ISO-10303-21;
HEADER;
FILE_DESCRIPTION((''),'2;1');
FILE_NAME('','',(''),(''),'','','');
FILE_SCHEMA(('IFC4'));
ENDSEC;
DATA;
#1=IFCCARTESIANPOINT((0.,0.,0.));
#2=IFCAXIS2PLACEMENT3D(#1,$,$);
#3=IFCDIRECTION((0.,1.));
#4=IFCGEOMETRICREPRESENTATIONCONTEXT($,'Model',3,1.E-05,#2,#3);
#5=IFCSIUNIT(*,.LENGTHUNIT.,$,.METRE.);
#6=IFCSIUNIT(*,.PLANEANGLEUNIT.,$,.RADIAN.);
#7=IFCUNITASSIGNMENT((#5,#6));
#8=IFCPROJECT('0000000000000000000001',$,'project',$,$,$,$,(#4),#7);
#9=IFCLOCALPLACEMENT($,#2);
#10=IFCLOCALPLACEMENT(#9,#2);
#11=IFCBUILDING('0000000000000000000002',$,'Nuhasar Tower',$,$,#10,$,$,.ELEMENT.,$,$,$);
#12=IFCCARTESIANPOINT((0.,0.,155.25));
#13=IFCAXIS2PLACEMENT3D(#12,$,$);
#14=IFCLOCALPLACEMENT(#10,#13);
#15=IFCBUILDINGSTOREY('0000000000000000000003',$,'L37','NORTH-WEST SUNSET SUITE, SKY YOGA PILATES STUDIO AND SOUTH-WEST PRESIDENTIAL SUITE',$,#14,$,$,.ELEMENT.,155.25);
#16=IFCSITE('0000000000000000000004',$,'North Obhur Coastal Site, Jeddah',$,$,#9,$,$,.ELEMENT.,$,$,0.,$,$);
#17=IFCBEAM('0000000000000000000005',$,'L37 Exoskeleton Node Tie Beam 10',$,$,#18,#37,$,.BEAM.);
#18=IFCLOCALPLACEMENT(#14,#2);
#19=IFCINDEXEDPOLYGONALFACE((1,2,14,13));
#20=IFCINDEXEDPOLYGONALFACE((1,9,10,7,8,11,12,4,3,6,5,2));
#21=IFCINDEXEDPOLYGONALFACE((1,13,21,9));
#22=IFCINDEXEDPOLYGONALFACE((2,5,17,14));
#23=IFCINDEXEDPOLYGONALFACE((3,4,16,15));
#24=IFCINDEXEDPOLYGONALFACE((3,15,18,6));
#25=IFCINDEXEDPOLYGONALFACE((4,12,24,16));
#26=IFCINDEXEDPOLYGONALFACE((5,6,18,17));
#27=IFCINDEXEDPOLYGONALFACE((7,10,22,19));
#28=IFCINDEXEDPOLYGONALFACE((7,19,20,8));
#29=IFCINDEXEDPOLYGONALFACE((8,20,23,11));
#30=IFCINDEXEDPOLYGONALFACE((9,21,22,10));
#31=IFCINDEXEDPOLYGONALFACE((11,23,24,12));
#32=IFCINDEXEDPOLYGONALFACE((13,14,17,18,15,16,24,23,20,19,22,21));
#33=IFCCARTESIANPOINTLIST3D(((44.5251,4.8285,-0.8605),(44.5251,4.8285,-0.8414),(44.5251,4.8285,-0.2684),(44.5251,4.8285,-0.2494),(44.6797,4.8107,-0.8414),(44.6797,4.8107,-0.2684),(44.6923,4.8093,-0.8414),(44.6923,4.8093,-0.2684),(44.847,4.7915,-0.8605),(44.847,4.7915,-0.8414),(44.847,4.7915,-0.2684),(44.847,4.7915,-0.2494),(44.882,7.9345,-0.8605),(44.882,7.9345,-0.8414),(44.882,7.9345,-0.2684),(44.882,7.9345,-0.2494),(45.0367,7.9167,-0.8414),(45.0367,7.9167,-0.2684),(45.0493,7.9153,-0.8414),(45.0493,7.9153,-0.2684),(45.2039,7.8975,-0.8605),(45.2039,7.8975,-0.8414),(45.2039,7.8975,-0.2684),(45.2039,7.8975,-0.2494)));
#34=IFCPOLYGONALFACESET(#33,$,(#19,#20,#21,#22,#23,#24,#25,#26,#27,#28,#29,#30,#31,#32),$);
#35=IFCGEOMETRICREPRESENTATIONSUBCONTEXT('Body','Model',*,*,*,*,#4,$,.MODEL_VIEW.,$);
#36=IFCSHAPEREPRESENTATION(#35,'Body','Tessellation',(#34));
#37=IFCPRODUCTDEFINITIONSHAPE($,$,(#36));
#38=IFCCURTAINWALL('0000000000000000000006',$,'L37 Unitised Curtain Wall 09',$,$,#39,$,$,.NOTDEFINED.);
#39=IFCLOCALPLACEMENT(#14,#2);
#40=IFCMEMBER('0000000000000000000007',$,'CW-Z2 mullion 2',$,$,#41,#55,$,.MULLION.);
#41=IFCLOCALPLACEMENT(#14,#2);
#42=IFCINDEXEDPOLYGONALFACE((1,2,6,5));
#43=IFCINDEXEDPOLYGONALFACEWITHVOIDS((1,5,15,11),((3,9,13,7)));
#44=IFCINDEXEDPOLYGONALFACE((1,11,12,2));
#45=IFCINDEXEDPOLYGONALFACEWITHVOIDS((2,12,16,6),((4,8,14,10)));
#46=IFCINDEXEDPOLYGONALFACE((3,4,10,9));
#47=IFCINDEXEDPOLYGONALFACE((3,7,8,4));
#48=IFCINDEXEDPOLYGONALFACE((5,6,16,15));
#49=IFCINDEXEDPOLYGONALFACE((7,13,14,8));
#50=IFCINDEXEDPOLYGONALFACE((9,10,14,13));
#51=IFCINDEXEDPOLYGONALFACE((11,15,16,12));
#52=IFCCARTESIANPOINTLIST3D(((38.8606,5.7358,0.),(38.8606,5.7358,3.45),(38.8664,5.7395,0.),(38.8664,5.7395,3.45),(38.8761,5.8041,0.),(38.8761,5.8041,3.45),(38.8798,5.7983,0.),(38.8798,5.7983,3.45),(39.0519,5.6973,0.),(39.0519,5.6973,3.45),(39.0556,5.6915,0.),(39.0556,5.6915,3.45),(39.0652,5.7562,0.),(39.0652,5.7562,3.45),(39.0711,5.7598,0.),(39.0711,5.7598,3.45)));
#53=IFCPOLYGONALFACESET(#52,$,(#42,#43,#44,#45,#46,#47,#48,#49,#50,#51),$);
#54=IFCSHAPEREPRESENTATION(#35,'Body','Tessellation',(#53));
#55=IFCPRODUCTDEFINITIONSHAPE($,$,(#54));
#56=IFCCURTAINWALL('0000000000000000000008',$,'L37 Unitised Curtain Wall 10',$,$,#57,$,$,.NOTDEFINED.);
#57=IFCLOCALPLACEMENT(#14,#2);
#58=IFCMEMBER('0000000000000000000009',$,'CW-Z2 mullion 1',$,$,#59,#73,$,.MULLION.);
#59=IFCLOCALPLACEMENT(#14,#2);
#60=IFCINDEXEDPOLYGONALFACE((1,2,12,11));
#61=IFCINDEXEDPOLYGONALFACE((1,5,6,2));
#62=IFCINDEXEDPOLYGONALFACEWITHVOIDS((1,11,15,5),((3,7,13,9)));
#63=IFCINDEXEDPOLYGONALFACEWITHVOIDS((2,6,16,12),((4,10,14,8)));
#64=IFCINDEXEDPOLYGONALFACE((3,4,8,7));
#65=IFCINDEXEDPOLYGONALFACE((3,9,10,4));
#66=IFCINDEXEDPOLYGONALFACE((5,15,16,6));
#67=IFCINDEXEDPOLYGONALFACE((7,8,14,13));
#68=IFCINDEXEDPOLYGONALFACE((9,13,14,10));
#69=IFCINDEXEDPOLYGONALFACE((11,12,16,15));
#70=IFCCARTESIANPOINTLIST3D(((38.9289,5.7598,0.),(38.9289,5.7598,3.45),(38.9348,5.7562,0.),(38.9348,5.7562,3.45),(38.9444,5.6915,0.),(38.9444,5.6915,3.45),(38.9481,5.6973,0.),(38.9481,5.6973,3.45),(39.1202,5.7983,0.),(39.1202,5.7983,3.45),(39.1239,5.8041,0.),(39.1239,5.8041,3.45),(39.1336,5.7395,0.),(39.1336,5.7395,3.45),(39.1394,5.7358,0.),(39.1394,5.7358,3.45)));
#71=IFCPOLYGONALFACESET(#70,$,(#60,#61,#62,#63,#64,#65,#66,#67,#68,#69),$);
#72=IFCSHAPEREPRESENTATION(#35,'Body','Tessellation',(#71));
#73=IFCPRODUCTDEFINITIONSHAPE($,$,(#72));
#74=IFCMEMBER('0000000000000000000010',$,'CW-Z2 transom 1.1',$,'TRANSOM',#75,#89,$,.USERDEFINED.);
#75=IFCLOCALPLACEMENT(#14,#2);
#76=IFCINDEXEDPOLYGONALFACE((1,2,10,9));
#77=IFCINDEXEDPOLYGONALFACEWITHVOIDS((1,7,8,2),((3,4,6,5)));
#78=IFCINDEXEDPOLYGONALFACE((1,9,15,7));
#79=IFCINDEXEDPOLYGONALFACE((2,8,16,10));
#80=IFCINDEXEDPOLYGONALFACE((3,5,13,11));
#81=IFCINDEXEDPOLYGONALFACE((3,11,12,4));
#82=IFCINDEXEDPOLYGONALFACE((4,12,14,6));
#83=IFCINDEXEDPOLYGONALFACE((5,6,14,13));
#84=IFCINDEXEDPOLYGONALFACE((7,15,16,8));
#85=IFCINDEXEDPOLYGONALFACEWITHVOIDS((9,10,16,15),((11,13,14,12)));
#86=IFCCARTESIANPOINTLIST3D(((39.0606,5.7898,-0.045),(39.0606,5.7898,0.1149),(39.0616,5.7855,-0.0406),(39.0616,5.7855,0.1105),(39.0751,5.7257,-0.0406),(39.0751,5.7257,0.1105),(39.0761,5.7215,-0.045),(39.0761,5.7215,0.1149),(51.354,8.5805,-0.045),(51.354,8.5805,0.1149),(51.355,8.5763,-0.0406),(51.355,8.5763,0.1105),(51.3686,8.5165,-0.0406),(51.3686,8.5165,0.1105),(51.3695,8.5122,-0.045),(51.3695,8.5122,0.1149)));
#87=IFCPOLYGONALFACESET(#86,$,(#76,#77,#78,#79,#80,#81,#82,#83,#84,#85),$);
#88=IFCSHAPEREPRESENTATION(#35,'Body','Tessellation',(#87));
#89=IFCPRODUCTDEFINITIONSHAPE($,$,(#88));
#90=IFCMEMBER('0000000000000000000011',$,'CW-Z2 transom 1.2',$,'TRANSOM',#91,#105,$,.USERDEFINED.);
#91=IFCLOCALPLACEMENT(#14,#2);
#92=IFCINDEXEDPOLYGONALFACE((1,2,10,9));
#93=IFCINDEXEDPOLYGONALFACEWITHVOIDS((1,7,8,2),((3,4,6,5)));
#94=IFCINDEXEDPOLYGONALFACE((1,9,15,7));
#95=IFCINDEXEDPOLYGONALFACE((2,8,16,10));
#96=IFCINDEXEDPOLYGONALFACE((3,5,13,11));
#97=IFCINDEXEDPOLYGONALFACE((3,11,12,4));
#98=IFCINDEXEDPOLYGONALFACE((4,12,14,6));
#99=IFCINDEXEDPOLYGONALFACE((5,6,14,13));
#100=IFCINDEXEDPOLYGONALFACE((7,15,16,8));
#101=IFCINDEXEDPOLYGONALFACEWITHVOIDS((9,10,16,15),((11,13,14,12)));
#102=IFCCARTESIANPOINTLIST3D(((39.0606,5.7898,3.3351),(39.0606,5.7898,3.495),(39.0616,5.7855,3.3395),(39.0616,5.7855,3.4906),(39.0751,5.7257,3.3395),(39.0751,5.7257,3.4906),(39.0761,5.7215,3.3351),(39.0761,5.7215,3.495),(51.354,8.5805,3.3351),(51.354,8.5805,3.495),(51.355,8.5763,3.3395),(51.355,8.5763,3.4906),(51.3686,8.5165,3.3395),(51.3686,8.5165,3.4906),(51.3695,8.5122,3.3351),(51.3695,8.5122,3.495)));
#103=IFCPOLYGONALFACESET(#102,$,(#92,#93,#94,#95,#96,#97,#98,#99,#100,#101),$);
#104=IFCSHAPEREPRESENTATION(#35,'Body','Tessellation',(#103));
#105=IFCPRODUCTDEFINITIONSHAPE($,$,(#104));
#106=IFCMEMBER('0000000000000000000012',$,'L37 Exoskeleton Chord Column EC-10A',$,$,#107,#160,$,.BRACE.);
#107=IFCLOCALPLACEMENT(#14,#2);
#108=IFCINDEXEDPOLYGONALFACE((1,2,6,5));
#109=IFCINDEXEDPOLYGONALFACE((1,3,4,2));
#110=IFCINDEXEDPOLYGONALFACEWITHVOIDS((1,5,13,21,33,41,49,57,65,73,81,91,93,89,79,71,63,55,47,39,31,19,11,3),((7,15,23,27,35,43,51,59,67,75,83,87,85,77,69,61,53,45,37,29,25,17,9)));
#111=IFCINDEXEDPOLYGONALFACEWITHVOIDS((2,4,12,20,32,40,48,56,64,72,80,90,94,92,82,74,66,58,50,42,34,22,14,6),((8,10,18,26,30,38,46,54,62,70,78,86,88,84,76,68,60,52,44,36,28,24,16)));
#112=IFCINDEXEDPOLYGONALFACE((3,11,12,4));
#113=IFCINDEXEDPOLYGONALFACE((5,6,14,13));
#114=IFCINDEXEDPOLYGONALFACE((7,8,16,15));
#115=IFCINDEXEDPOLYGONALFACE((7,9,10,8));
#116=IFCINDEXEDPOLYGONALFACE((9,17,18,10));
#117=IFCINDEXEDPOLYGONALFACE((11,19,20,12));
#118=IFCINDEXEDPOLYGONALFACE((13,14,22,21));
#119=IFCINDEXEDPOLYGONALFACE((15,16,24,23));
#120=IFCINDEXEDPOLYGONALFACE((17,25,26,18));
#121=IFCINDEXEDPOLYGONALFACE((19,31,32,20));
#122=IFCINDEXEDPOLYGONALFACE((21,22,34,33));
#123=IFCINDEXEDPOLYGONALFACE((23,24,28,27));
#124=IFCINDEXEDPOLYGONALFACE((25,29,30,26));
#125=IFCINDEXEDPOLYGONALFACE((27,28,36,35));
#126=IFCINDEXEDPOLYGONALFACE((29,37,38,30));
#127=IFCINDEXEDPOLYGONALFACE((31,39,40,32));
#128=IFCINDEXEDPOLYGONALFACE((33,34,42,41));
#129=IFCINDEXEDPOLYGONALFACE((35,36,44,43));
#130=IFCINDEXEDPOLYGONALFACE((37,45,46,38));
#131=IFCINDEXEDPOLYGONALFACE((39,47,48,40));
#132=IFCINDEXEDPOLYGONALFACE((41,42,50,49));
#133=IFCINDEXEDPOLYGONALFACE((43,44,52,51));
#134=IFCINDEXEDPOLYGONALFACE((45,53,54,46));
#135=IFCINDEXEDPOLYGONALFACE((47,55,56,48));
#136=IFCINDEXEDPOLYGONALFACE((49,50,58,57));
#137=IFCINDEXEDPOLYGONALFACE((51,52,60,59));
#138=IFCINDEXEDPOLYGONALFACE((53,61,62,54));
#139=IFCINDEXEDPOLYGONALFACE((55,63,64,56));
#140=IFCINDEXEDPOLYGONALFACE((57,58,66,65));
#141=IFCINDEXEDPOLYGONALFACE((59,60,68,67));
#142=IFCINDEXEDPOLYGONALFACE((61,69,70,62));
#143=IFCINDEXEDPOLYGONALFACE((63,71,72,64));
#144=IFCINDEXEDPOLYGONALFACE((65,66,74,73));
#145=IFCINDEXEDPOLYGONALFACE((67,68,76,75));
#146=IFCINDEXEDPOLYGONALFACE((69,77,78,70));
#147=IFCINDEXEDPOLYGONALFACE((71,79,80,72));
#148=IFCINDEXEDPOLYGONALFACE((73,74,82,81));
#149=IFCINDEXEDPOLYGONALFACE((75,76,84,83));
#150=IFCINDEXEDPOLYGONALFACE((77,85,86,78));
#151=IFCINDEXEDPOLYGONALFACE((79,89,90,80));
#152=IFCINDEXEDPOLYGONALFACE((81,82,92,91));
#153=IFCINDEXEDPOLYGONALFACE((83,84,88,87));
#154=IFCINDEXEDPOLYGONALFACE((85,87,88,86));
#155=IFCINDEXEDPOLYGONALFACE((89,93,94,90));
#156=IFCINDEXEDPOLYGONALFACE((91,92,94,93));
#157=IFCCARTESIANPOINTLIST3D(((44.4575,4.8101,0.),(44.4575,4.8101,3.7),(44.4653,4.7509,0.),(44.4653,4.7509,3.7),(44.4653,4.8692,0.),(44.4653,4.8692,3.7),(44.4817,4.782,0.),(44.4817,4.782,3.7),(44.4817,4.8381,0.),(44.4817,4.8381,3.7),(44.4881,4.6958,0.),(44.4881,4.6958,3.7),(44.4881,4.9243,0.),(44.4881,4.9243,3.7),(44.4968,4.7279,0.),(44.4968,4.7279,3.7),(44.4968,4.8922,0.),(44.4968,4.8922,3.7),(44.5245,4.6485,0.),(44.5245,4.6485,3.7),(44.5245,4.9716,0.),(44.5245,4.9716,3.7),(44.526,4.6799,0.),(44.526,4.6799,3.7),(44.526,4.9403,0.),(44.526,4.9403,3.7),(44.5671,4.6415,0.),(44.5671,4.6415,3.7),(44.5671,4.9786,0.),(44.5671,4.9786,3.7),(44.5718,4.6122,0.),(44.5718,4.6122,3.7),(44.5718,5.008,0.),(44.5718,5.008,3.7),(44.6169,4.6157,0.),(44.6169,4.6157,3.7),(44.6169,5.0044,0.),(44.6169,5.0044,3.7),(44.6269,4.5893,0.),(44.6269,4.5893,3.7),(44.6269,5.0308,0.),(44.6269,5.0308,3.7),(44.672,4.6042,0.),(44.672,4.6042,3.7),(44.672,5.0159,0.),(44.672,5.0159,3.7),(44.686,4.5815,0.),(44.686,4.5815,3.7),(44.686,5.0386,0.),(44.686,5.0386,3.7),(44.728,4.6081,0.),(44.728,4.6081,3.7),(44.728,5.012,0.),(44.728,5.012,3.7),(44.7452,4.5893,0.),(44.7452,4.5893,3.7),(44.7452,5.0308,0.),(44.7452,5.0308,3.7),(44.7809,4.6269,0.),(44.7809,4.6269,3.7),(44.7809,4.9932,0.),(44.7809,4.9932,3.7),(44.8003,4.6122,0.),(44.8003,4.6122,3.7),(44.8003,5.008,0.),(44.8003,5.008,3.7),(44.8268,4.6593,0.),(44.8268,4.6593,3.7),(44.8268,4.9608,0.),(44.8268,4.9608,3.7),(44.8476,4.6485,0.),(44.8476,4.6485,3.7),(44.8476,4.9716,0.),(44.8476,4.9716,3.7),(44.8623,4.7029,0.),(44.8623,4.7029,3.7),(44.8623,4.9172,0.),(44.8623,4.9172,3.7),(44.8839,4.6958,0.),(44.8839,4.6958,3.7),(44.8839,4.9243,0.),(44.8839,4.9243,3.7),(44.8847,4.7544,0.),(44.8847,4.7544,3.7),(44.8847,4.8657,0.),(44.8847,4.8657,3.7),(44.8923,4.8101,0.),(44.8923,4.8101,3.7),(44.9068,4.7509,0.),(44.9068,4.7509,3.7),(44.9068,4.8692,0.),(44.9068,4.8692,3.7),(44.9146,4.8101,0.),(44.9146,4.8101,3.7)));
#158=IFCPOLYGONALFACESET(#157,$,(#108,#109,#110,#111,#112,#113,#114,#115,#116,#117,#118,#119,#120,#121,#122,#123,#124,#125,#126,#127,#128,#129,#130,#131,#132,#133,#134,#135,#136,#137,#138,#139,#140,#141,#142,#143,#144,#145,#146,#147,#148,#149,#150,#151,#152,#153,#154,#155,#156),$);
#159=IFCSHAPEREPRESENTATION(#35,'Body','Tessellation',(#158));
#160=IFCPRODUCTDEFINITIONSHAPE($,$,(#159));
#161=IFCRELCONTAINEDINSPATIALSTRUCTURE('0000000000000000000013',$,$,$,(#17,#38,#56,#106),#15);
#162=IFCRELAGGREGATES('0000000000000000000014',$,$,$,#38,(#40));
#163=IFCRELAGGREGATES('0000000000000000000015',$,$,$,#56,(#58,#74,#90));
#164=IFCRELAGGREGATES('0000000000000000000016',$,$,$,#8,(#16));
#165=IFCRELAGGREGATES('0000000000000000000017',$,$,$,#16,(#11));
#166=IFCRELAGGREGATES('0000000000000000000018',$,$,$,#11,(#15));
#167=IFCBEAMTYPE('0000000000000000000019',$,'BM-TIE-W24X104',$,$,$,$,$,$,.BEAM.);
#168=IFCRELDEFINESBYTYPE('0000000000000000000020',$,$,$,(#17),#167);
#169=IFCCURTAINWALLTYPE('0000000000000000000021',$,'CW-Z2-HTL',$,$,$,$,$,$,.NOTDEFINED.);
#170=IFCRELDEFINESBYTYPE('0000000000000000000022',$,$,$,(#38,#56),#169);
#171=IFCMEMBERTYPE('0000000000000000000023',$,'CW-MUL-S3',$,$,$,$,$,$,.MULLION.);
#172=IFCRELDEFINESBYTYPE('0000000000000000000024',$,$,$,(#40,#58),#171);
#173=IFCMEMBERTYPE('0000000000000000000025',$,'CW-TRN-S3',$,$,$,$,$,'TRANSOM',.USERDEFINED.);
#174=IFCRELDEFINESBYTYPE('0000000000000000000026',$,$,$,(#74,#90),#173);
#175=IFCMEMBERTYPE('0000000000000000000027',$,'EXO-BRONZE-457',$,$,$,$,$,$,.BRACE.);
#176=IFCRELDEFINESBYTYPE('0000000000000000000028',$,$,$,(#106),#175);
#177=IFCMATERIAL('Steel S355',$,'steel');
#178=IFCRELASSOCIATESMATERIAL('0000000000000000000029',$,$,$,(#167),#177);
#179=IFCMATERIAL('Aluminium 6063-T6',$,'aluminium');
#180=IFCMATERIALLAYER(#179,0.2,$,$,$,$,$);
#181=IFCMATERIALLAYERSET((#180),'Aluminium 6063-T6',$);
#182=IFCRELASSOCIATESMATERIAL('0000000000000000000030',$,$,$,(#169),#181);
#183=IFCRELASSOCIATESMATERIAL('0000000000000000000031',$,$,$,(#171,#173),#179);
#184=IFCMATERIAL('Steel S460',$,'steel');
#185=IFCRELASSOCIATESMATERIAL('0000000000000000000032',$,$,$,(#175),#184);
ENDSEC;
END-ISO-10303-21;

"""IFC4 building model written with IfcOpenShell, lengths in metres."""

from ifc_helpers import new_model, si_unit, direction, frame, origin, origin_2d, place, context, subcontext, project, spatial, hollow_rectangle, hollow_circle, i_section, extrude, material, layer, layer_set, material_profile, profile_set, type_object, element, aggregate, save


model = new_model("IFC4")

# Units and contexts
model_context = context("Model", 3, precision=1e-05, world=origin(), true_north=direction((0.0, 1.0)))
body_context = subcontext(model_context, "Body", "Model", "MODEL_VIEW")
ifc_project = project(units=[si_unit("LENGTHUNIT", "METRE"), si_unit("PLANEANGLEUNIT", "RADIAN")], contexts=[model_context])

# Site, building, storey
site_placement = place(None, origin())
site = spatial("IfcSite", under=ifc_project, at=site_placement, Name="North Obhur Coastal Site, Jeddah", CompositionType="ELEMENT", RefElevation=0.0)
building_placement = place(site_placement, origin())
building = spatial("IfcBuilding", under=site, at=building_placement, Name="Nuhasar Tower", CompositionType="ELEMENT")
storey_placement = place(building_placement, frame((0.0, 0.0, 155.25)))
storey = spatial("IfcBuildingStorey", under=building, at=storey_placement, Name="L37", Description="NORTH-WEST SUNSET SUITE, SKY YOGA PILATES STUDIO AND SOUTH-WEST PRESIDENTIAL SUITE", CompositionType="ELEMENT", Elevation=155.25)

# Beam
ifc_material_1 = material(Name="Steel S355", Category="steel")
ifc_material_profile_1 = material_profile(ifc_material_1, i_section(OverallWidth=0.324, OverallDepth=0.6111, WebThickness=0.0127, FlangeThickness=0.019, at=origin_2d()), Name="W24X104")
ifc_profile_set_1 = profile_set([ifc_material_profile_1], Name="Steel S355")
beam_type_1 = type_object("IfcBeamType", Name="BM-TIE-W24X104", PredefinedType="BEAM", material=ifc_profile_set_1)
beam_1_placement = place(storey_placement, frame((45.043, 7.916, -0.5549), z_axis=(-0.114168, -0.993461, 0.0), x_axis=(0.993461, -0.114168, 0.0)))
element("IfcBeam", 1, at=beam_1_placement, inside=storey, type_object=beam_type_1, Name="L37 Exoskeleton Node Tie Beam 10", PredefinedType="BEAM", context=body_context, shape_type="SweptSolid", body=[
    extrude(i_section(OverallWidth=0.324, OverallDepth=0.6111, WebThickness=0.0127, FlangeThickness=0.019, at=origin_2d()), origin(), (0.0, 0.0, 1.0), 3.1265),
])

# Curtain wall, member
ifc_material_2 = material(Name="Aluminium 6063-T6", Category="aluminium")
ifc_layer_1 = layer(ifc_material_2, 0.2)
ifc_layer_set_1 = layer_set([ifc_layer_1], Name="Aluminium 6063-T6")
curtain_wall_type = type_object("IfcCurtainWallType", Name="CW-Z2-HTL", PredefinedType="NOTDEFINED", material=ifc_layer_set_1)
curtain_wall_1_placement = place(storey_placement, origin())
curtain_wall_1 = element("IfcCurtainWall", 2, at=curtain_wall_1_placement, inside=storey, type_object=curtain_wall_type, Name="L37 Unitised Curtain Wall 09", PredefinedType="NOTDEFINED")
ifc_material_profile_2 = material_profile(ifc_material_2, hollow_rectangle(XDim=0.0701, YDim=0.2, WallThickness=0.0049, at=origin_2d()), Name="CWM-3")
ifc_profile_set_2 = profile_set([ifc_material_profile_2], Name="Aluminium 6063-T6")
member_type_1 = type_object("IfcMemberType", Name="CW-MUL-S3", PredefinedType="MULLION", material=ifc_profile_set_2)
member_1_placement = place(storey_placement, frame((38.9658, 5.7478, 0.0), z_axis=(0.0, 0.0, 1.0), x_axis=(0.221397, 0.975184, 0.0)))
member_1 = element("IfcMember", 3, at=member_1_placement, type_object=member_type_1, Name="CW-Z2 mullion 2", PredefinedType="MULLION", context=body_context, shape_type="SweptSolid", body=[
    extrude(hollow_rectangle(XDim=0.0701, YDim=0.2, WallThickness=0.0049, at=origin_2d()), origin(), (0.0, 0.0, 1.0), 3.45),
])
aggregate(curtain_wall_1, [member_1])

# Curtain wall, members
curtain_wall_2_placement = place(storey_placement, origin())
curtain_wall_2 = element("IfcCurtainWall", 4, at=curtain_wall_2_placement, inside=storey, type_object=curtain_wall_type, Name="L37 Unitised Curtain Wall 10", PredefinedType="NOTDEFINED")
member_2_placement = place(storey_placement, frame((39.0342, 5.7478, 0.0), z_axis=(0.0, 0.0, 1.0), x_axis=(-0.221397, 0.975184, 0.0)))
member_2 = element("IfcMember", 5, at=member_2_placement, type_object=member_type_1, Name="CW-Z2 mullion 1", PredefinedType="MULLION", context=body_context, shape_type="SweptSolid", body=[
    extrude(hollow_rectangle(XDim=0.0701, YDim=0.2, WallThickness=0.0049, at=origin_2d()), origin(), (0.0, 0.0, 1.0), 3.45),
])
ifc_material_profile_3 = material_profile(ifc_material_2, hollow_rectangle(XDim=0.0701, YDim=0.1599, WallThickness=0.0044, at=origin_2d()), Name="CWT-3")
ifc_profile_set_3 = profile_set([ifc_material_profile_3], Name="Aluminium 6063-T6")
member_type_2 = type_object("IfcMemberType", Name="CW-TRN-S3", ElementType="TRANSOM", PredefinedType="USERDEFINED", material=ifc_profile_set_3)
member_3_placement = place(storey_placement, frame((39.0684, 5.7556, 0.0349), z_axis=(0.975188, 0.22138, 0.0), x_axis=(-0.22138, 0.975188, 0.0)))
member_3 = element("IfcMember", 6, at=member_3_placement, type_object=member_type_2, Name="CW-Z2 transom 1.1", ObjectType="TRANSOM", PredefinedType="USERDEFINED", context=body_context, shape_type="SweptSolid", body=[
    extrude(hollow_rectangle(XDim=0.0701, YDim=0.1599, WallThickness=0.0044, at=origin_2d()), origin(), (0.0, 0.0, 1.0), 12.6062),
])
member_4_placement = place(storey_placement, frame((39.0684, 5.7556, 3.415), z_axis=(0.975188, 0.22138, 0.0), x_axis=(-0.22138, 0.975188, 0.0)))
member_4 = element("IfcMember", 7, at=member_4_placement, type_object=member_type_2, Name="CW-Z2 transom 1.2", ObjectType="TRANSOM", PredefinedType="USERDEFINED", context=body_context, shape_type="SweptSolid", body=[
    extrude(hollow_rectangle(XDim=0.0701, YDim=0.1599, WallThickness=0.0044, at=origin_2d()), origin(), (0.0, 0.0, 1.0), 12.6062),
])

# Member
ifc_material_3 = material(Name="Steel S460", Category="steel")
ifc_material_profile_4 = material_profile(ifc_material_3, hollow_circle(Radius=0.2285, WallThickness=0.0222, at=origin_2d()), Name="HSS457X22.2")
ifc_profile_set_4 = profile_set([ifc_material_profile_4], Name="Steel S460")
member_type_3 = type_object("IfcMemberType", Name="EXO-BRONZE-457", PredefinedType="BRACE", material=ifc_profile_set_4)
member_5_placement = place(storey_placement, frame((44.686, 4.8101, 0.0), z_axis=(0.0, 0.0, 1.0), x_axis=(1.0, 0.0, 0.0)))
element("IfcMember", 8, at=member_5_placement, inside=storey, type_object=member_type_3, Name="L37 Exoskeleton Chord Column EC-10A", PredefinedType="BRACE", context=body_context, shape_type="SweptSolid", body=[
    extrude(hollow_circle(Radius=0.2285, WallThickness=0.0222, at=origin_2d()), origin(), (0.0, 0.0, 1.0), 3.7),
])

aggregate(curtain_wall_2, [member_2, member_3, member_4])

save(model, "model.ifc")
